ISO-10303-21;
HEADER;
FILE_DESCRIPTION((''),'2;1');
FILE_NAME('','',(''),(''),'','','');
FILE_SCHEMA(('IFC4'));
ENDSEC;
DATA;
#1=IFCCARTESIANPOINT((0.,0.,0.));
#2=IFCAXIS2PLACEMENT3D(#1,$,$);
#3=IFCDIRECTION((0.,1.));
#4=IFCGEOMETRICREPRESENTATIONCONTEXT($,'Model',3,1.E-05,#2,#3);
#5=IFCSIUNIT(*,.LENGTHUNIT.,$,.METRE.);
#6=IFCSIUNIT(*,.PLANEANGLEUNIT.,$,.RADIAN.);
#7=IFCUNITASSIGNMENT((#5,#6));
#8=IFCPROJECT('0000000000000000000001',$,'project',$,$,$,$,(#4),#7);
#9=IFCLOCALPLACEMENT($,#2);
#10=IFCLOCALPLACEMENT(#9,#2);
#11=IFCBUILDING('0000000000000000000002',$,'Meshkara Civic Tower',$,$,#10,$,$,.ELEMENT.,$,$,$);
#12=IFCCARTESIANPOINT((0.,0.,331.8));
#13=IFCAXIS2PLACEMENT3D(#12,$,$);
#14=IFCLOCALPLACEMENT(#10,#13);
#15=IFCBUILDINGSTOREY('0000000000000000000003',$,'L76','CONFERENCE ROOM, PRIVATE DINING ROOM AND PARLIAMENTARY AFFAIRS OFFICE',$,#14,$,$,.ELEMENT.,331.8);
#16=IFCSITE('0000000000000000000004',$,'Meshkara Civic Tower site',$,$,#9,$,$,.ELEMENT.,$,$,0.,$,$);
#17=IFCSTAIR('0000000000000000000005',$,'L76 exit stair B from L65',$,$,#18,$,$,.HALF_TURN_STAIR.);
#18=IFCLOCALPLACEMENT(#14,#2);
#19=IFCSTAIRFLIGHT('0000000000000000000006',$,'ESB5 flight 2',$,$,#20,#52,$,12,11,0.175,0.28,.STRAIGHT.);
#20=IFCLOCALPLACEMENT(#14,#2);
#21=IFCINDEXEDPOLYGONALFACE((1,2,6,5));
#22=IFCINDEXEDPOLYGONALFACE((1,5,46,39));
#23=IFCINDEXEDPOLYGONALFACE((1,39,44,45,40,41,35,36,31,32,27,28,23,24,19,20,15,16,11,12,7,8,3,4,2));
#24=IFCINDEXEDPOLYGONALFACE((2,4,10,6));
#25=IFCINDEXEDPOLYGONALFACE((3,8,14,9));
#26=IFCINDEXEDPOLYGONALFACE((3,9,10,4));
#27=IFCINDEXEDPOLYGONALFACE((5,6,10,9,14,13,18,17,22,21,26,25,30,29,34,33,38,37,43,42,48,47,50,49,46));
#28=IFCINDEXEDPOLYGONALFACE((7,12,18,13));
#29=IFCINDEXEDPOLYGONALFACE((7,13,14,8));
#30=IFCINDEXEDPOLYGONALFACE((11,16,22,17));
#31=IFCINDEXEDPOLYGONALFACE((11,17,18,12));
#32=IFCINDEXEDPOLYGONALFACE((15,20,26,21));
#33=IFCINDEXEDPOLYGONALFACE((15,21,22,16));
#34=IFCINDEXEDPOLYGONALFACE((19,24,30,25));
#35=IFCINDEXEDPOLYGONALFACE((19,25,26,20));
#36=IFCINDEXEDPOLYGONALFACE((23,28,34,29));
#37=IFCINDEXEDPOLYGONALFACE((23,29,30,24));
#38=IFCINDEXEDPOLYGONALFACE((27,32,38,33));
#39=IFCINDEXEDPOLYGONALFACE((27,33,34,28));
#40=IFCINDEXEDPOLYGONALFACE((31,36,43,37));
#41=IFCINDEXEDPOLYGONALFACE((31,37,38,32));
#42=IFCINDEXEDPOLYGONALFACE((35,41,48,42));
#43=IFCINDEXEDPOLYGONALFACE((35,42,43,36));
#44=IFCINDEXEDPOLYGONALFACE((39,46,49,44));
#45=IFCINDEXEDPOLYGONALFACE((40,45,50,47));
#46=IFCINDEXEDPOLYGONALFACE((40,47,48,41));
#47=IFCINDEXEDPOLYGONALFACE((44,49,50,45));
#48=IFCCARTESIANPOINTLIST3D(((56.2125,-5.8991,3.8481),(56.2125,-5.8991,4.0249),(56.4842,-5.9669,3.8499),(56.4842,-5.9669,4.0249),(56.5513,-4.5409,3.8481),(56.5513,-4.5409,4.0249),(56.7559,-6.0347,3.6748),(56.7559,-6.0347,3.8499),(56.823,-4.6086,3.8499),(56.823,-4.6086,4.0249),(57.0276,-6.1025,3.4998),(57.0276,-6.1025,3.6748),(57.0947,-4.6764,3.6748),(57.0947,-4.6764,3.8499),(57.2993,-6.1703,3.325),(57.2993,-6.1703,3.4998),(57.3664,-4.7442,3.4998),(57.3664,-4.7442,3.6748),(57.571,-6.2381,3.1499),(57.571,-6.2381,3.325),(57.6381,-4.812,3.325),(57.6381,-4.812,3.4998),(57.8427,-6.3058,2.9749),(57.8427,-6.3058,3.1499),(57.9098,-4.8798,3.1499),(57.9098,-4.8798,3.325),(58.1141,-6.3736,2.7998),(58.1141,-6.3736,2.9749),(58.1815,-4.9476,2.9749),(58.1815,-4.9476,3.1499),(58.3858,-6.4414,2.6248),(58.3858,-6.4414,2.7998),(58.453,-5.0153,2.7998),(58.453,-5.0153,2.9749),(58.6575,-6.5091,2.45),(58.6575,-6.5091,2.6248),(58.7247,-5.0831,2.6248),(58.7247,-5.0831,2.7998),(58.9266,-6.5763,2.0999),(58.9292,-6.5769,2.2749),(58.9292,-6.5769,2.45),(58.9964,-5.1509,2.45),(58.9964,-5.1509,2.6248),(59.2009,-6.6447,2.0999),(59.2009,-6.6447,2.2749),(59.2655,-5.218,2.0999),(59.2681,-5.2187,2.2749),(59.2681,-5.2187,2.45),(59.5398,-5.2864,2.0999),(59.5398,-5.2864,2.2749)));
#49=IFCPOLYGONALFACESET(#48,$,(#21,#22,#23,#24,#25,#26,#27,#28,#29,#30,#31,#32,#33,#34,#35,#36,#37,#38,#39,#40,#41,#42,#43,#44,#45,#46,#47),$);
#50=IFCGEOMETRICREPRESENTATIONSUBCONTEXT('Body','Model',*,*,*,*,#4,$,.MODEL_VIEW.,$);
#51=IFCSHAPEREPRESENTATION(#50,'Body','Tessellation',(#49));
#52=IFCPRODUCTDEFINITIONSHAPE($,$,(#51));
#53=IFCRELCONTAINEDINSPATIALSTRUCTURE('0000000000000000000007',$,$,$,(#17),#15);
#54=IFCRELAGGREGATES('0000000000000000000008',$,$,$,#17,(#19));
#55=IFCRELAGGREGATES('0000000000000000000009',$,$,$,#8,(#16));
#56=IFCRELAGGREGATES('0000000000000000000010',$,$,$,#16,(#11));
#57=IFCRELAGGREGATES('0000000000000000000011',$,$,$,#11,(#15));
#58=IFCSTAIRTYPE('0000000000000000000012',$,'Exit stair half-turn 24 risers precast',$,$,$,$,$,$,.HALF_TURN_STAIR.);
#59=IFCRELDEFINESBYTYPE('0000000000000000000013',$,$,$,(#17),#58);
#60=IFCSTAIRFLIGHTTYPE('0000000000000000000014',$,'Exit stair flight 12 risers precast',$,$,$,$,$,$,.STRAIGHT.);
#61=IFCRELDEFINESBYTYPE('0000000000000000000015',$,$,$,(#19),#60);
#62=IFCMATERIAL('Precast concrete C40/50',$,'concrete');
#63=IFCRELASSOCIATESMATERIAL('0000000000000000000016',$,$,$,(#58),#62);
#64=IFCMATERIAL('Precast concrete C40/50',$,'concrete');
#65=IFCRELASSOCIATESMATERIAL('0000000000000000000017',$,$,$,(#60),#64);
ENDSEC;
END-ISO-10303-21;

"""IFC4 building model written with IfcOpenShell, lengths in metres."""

from ifc_helpers import new_model, si_unit, direction, frame, origin, place, context, subcontext, project, spatial, polyline, outline, extrude, material, type_object, element, aggregate, save


model = new_model("IFC4")

# Units and contexts
model_context = context("Model", 3, precision=1e-05, world=origin(), true_north=direction((0.0, 1.0)))
body_context = subcontext(model_context, "Body", "Model", "MODEL_VIEW")
ifc_project = project(units=[si_unit("LENGTHUNIT", "METRE"), si_unit("PLANEANGLEUNIT", "RADIAN")], contexts=[model_context])

# Site, building, storey
site_placement = place(None, origin())
site = spatial("IfcSite", under=ifc_project, at=site_placement, Name="Meshkara Civic Tower site", CompositionType="ELEMENT", RefElevation=0.0)
building_placement = place(site_placement, origin())
building = spatial("IfcBuilding", under=site, at=building_placement, Name="Meshkara Civic Tower", CompositionType="ELEMENT")
storey_placement = place(building_placement, frame((0.0, 0.0, 331.8)))
storey = spatial("IfcBuildingStorey", under=building, at=storey_placement, Name="L76", Description="CONFERENCE ROOM, PRIVATE DINING ROOM AND PARLIAMENTARY AFFAIRS OFFICE", CompositionType="ELEMENT", Elevation=331.8)

# Stair, stair flight
ifc_material_1 = material(Name="Precast concrete C40/50", Category="concrete")
stair_type = type_object("IfcStairType", Name="Exit stair half-turn 24 risers precast", PredefinedType="HALF_TURN_STAIR", material=ifc_material_1)
stair_placement = place(storey_placement, origin())
stair = element("IfcStair", 1, at=stair_placement, inside=storey, type_object=stair_type, Name="L76 exit stair B from L65", PredefinedType="HALF_TURN_STAIR")
ifc_material_2 = material(Name="Precast concrete C40/50", Category="concrete")
stair_flight_type = type_object("IfcStairFlightType", Name="Exit stair flight 12 risers precast", PredefinedType="STRAIGHT", material=ifc_material_2)
stair_flight_1_placement = place(storey_placement, frame((59.3704, -5.9656, 2.0999), z_axis=(0.0, 0.0, 1.0), x_axis=(-0.97026, 0.242065, 0.0)))
stair_flight_1 = element("IfcStairFlight", 2, at=stair_flight_1_placement, type_object=stair_flight_type, Name="ESB5 flight 2", NumberOfRisers=12, NumberOfTreads=11, PredefinedType="STRAIGHT", RiserHeight=0.175, TreadLength=0.28, context=body_context, shape_type="SweptSolid", body=[
    extrude(outline(polyline([(0.0, 0.0), (0.0, 0.175), (0.28, 0.175), (0.28, 0.3501), (0.5601, 0.3501), (0.5601, 0.5249), (0.8401, 0.5249), (0.8401, 0.7), (1.1201, 0.7), (1.1201, 0.875), (1.3999, 0.875), (1.3999, 1.05), (1.6799, 1.05), (1.6799, 1.2251), (1.96, 1.2251), (1.96, 1.3999), (2.24, 1.3999), (2.24, 1.575), (2.52, 1.575), (2.52, 1.75), (2.8, 1.75), (2.8, 1.925), (3.0801, 1.925), (3.0801, 2.1001), (3.0801, 1.7483), (0.2827, 0.0), (0.0, 0.0)])), frame((0.0, 0.7, 0.0), z_axis=(0.0, -1.0, 0.0), x_axis=(1.0, 0.0, 0.0)), (0.0, 0.0, 1.0), 1.3999),
])
aggregate(stair, [stair_flight_1])

save(model, "model.ifc")
